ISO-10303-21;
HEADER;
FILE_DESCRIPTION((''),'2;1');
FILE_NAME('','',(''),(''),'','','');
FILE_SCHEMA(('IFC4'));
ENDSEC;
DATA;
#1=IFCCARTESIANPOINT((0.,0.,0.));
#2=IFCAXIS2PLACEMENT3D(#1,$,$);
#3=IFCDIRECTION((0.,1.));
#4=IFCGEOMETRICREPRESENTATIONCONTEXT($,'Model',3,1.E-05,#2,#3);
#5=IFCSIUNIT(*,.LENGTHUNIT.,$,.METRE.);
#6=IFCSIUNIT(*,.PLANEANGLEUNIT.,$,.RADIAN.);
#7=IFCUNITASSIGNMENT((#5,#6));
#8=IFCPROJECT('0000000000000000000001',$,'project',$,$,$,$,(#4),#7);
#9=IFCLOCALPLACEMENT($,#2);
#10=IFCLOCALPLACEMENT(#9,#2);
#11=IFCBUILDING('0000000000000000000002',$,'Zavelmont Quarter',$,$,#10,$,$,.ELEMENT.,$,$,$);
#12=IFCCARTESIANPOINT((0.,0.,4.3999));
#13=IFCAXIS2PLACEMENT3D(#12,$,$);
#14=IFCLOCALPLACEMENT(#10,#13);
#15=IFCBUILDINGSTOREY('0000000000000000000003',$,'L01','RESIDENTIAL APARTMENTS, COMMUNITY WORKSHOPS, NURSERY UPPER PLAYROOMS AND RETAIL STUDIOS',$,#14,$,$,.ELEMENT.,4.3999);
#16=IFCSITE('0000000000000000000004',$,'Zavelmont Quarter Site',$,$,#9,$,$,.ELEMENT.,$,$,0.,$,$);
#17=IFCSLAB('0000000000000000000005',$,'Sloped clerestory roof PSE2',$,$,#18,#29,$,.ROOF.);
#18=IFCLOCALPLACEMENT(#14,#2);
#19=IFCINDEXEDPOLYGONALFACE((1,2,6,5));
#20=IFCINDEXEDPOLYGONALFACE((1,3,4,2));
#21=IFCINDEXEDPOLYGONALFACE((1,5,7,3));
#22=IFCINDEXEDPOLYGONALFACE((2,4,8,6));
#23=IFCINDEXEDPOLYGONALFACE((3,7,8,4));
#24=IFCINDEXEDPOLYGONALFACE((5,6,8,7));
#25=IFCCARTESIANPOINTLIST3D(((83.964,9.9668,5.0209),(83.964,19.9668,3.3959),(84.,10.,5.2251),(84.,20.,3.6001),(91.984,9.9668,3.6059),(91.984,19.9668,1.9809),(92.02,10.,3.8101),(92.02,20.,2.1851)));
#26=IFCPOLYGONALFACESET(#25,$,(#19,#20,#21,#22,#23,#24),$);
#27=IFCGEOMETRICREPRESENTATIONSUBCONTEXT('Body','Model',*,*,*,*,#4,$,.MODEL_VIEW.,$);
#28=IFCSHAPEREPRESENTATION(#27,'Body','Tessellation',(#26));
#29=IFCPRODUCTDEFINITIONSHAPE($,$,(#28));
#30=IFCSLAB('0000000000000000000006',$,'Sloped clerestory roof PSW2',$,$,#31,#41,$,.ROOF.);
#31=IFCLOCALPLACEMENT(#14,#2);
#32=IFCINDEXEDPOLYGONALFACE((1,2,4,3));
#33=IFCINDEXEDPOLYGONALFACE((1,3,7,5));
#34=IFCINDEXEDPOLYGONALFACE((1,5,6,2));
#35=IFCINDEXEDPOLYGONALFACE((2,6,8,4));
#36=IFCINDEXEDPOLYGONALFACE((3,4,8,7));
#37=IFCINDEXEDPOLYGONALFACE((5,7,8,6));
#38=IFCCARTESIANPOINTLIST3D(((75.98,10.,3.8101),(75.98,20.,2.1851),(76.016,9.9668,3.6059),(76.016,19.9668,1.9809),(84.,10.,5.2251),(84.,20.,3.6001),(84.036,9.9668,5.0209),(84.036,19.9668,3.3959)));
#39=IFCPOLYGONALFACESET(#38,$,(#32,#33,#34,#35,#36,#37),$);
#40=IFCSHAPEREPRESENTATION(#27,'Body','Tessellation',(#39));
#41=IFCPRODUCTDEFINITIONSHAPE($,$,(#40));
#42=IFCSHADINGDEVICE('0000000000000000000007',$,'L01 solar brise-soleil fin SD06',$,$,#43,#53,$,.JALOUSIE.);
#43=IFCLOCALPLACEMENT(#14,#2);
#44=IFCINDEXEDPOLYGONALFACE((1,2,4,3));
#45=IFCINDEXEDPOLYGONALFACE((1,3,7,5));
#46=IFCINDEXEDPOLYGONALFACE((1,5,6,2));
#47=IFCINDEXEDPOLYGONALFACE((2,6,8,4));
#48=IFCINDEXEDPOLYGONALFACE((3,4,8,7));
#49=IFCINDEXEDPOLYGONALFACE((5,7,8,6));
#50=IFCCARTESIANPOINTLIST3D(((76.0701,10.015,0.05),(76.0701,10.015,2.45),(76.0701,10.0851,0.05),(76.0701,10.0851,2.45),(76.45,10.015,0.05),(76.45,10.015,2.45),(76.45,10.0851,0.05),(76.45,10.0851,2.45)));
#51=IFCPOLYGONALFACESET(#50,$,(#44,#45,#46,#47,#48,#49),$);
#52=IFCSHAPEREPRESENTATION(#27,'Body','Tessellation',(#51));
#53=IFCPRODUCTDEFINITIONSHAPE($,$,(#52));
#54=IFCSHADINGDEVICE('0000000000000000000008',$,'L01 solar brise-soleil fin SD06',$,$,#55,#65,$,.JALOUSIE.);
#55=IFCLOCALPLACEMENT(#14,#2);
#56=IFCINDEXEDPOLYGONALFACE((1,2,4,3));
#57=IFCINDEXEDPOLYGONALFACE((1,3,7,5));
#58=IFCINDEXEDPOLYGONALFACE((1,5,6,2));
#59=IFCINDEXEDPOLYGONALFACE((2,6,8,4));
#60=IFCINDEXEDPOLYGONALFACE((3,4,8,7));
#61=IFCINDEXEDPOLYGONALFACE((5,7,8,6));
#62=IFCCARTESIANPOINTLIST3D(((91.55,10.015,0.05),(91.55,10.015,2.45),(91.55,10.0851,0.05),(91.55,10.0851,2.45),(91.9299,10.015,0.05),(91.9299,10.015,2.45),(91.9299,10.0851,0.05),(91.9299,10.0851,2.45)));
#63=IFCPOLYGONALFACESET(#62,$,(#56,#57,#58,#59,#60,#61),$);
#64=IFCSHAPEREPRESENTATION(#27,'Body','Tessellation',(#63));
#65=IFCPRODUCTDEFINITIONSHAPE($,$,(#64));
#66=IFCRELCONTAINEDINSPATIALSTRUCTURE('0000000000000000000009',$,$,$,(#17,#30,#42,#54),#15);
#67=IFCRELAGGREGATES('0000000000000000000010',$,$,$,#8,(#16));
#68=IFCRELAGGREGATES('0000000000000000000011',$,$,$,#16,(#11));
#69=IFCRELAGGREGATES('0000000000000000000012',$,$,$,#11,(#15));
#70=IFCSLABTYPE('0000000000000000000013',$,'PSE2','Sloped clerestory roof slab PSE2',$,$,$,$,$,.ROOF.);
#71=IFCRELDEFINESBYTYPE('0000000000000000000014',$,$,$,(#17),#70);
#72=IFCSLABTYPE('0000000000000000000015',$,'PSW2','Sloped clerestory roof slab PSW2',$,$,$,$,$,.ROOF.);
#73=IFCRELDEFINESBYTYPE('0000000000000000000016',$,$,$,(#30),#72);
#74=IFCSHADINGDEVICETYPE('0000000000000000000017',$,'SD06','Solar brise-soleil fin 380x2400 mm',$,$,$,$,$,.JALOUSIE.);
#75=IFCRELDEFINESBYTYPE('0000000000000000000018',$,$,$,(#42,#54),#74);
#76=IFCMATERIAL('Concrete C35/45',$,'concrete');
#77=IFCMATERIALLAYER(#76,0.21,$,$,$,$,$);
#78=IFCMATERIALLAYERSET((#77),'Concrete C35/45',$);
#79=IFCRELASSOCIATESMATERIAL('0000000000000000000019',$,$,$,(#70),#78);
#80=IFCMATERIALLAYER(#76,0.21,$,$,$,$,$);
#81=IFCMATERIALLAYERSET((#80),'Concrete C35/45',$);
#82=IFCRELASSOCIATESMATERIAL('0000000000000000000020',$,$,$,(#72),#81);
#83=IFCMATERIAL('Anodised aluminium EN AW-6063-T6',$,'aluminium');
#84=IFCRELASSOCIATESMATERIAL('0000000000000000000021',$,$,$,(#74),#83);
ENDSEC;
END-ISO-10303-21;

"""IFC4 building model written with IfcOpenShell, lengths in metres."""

from ifc_helpers import new_model, si_unit, direction, frame, origin, origin_2d, place, context, subcontext, project, spatial, polyline, rectangle, outline, extrude, material, layer, layer_set, type_object, element, save


model = new_model("IFC4")

# Units and contexts
model_context = context("Model", 3, precision=1e-05, world=origin(), true_north=direction((0.0, 1.0)))
body_context = subcontext(model_context, "Body", "Model", "MODEL_VIEW")
ifc_project = project(units=[si_unit("LENGTHUNIT", "METRE"), si_unit("PLANEANGLEUNIT", "RADIAN")], contexts=[model_context])

# Site, building, storey
site_placement = place(None, origin())
site = spatial("IfcSite", under=ifc_project, at=site_placement, Name="Zavelmont Quarter Site", CompositionType="ELEMENT", RefElevation=0.0)
building_placement = place(site_placement, origin())
building = spatial("IfcBuilding", under=site, at=building_placement, Name="Zavelmont Quarter", CompositionType="ELEMENT")
storey_placement = place(building_placement, frame((0.0, 0.0, 4.3999)))
storey = spatial("IfcBuildingStorey", under=building, at=storey_placement, Name="L01", Description="RESIDENTIAL APARTMENTS, COMMUNITY WORKSHOPS, NURSERY UPPER PLAYROOMS AND RETAIL STUDIOS", CompositionType="ELEMENT", Elevation=4.3999)

# Slabs
ifc_material_1 = material(Name="Concrete C35/45", Category="concrete")
ifc_layer_1 = layer(ifc_material_1, 0.21)
ifc_layer_set_1 = layer_set([ifc_layer_1], Name="Concrete C35/45")
slab_type_1 = type_object("IfcSlabType", Name="PSE2", Description="Sloped clerestory roof slab PSE2", PredefinedType="ROOF", material=ifc_layer_set_1)
slab_1_placement = place(storey_placement, frame((84.0, 10.0, 5.2251), z_axis=(0.171572, 0.158018, 0.972416), x_axis=(0.984789, 0.0, -0.173755)))
element("IfcSlab", 1, at=slab_1_placement, inside=storey, type_object=slab_type_1, Name="Sloped clerestory roof PSE2", PredefinedType="ROOF", context=body_context, shape_type="SweptSolid", body=[
    extrude(outline(polyline([(0.0, 0.0), (8.1439, 0.0), (8.4262, 10.1272), (0.2824, 10.1272), (0.0, 0.0)])), origin(), (0.0, 0.0, -1.0), 0.21),
])
ifc_layer_2 = layer(ifc_material_1, 0.21)
ifc_layer_set_2 = layer_set([ifc_layer_2], Name="Concrete C35/45")
slab_type_2 = type_object("IfcSlabType", Name="PSW2", Description="Sloped clerestory roof slab PSW2", PredefinedType="ROOF", material=ifc_layer_set_2)
slab_2_placement = place(storey_placement, frame((75.98, 10.0, 3.8101), z_axis=(-0.171572, 0.158018, 0.972416), x_axis=(0.984789, 0.0, 0.173755)))
element("IfcSlab", 2, at=slab_2_placement, inside=storey, type_object=slab_type_2, Name="Sloped clerestory roof PSW2", PredefinedType="ROOF", context=body_context, shape_type="SweptSolid", body=[
    extrude(outline(polyline([(0.0, 0.0), (8.1439, 0.0), (7.8615, 10.1272), (-0.2824, 10.1272), (0.0, 0.0)])), origin(), (0.0, 0.0, -1.0), 0.21),
])

# Shading devices
ifc_material_2 = material(Name="Anodised aluminium EN AW-6063-T6", Category="aluminium")
shading_device_type = type_object("IfcShadingDeviceType", Name="SD06", Description="Solar brise-soleil fin 380x2400 mm", PredefinedType="JALOUSIE", material=ifc_material_2)
for number, where, z_axis, x_axis, name in (
    (3, (76.26, 10.05, 0.05), (0.0, 0.0, 1.0), (0.0, 1.0, 0.0), "L01 solar brise-soleil fin SD06"),
    (4, (91.74, 10.05, 0.05), (0.0, 0.0, 1.0), (0.0, 1.0, 0.0), "L01 solar brise-soleil fin SD06"),
):
    element("IfcShadingDevice", number, at=place(storey_placement, frame(where, z_axis=z_axis, x_axis=x_axis)), inside=storey, type_object=shading_device_type, Name=name, PredefinedType="JALOUSIE", context=body_context, shape_type="SweptSolid", body=[
        extrude(rectangle(XDim=0.0701, YDim=0.3799, at=origin_2d()), origin(), (0.0, 0.0, 1.0), 2.3999),
    ])

save(model, "model.ifc")
